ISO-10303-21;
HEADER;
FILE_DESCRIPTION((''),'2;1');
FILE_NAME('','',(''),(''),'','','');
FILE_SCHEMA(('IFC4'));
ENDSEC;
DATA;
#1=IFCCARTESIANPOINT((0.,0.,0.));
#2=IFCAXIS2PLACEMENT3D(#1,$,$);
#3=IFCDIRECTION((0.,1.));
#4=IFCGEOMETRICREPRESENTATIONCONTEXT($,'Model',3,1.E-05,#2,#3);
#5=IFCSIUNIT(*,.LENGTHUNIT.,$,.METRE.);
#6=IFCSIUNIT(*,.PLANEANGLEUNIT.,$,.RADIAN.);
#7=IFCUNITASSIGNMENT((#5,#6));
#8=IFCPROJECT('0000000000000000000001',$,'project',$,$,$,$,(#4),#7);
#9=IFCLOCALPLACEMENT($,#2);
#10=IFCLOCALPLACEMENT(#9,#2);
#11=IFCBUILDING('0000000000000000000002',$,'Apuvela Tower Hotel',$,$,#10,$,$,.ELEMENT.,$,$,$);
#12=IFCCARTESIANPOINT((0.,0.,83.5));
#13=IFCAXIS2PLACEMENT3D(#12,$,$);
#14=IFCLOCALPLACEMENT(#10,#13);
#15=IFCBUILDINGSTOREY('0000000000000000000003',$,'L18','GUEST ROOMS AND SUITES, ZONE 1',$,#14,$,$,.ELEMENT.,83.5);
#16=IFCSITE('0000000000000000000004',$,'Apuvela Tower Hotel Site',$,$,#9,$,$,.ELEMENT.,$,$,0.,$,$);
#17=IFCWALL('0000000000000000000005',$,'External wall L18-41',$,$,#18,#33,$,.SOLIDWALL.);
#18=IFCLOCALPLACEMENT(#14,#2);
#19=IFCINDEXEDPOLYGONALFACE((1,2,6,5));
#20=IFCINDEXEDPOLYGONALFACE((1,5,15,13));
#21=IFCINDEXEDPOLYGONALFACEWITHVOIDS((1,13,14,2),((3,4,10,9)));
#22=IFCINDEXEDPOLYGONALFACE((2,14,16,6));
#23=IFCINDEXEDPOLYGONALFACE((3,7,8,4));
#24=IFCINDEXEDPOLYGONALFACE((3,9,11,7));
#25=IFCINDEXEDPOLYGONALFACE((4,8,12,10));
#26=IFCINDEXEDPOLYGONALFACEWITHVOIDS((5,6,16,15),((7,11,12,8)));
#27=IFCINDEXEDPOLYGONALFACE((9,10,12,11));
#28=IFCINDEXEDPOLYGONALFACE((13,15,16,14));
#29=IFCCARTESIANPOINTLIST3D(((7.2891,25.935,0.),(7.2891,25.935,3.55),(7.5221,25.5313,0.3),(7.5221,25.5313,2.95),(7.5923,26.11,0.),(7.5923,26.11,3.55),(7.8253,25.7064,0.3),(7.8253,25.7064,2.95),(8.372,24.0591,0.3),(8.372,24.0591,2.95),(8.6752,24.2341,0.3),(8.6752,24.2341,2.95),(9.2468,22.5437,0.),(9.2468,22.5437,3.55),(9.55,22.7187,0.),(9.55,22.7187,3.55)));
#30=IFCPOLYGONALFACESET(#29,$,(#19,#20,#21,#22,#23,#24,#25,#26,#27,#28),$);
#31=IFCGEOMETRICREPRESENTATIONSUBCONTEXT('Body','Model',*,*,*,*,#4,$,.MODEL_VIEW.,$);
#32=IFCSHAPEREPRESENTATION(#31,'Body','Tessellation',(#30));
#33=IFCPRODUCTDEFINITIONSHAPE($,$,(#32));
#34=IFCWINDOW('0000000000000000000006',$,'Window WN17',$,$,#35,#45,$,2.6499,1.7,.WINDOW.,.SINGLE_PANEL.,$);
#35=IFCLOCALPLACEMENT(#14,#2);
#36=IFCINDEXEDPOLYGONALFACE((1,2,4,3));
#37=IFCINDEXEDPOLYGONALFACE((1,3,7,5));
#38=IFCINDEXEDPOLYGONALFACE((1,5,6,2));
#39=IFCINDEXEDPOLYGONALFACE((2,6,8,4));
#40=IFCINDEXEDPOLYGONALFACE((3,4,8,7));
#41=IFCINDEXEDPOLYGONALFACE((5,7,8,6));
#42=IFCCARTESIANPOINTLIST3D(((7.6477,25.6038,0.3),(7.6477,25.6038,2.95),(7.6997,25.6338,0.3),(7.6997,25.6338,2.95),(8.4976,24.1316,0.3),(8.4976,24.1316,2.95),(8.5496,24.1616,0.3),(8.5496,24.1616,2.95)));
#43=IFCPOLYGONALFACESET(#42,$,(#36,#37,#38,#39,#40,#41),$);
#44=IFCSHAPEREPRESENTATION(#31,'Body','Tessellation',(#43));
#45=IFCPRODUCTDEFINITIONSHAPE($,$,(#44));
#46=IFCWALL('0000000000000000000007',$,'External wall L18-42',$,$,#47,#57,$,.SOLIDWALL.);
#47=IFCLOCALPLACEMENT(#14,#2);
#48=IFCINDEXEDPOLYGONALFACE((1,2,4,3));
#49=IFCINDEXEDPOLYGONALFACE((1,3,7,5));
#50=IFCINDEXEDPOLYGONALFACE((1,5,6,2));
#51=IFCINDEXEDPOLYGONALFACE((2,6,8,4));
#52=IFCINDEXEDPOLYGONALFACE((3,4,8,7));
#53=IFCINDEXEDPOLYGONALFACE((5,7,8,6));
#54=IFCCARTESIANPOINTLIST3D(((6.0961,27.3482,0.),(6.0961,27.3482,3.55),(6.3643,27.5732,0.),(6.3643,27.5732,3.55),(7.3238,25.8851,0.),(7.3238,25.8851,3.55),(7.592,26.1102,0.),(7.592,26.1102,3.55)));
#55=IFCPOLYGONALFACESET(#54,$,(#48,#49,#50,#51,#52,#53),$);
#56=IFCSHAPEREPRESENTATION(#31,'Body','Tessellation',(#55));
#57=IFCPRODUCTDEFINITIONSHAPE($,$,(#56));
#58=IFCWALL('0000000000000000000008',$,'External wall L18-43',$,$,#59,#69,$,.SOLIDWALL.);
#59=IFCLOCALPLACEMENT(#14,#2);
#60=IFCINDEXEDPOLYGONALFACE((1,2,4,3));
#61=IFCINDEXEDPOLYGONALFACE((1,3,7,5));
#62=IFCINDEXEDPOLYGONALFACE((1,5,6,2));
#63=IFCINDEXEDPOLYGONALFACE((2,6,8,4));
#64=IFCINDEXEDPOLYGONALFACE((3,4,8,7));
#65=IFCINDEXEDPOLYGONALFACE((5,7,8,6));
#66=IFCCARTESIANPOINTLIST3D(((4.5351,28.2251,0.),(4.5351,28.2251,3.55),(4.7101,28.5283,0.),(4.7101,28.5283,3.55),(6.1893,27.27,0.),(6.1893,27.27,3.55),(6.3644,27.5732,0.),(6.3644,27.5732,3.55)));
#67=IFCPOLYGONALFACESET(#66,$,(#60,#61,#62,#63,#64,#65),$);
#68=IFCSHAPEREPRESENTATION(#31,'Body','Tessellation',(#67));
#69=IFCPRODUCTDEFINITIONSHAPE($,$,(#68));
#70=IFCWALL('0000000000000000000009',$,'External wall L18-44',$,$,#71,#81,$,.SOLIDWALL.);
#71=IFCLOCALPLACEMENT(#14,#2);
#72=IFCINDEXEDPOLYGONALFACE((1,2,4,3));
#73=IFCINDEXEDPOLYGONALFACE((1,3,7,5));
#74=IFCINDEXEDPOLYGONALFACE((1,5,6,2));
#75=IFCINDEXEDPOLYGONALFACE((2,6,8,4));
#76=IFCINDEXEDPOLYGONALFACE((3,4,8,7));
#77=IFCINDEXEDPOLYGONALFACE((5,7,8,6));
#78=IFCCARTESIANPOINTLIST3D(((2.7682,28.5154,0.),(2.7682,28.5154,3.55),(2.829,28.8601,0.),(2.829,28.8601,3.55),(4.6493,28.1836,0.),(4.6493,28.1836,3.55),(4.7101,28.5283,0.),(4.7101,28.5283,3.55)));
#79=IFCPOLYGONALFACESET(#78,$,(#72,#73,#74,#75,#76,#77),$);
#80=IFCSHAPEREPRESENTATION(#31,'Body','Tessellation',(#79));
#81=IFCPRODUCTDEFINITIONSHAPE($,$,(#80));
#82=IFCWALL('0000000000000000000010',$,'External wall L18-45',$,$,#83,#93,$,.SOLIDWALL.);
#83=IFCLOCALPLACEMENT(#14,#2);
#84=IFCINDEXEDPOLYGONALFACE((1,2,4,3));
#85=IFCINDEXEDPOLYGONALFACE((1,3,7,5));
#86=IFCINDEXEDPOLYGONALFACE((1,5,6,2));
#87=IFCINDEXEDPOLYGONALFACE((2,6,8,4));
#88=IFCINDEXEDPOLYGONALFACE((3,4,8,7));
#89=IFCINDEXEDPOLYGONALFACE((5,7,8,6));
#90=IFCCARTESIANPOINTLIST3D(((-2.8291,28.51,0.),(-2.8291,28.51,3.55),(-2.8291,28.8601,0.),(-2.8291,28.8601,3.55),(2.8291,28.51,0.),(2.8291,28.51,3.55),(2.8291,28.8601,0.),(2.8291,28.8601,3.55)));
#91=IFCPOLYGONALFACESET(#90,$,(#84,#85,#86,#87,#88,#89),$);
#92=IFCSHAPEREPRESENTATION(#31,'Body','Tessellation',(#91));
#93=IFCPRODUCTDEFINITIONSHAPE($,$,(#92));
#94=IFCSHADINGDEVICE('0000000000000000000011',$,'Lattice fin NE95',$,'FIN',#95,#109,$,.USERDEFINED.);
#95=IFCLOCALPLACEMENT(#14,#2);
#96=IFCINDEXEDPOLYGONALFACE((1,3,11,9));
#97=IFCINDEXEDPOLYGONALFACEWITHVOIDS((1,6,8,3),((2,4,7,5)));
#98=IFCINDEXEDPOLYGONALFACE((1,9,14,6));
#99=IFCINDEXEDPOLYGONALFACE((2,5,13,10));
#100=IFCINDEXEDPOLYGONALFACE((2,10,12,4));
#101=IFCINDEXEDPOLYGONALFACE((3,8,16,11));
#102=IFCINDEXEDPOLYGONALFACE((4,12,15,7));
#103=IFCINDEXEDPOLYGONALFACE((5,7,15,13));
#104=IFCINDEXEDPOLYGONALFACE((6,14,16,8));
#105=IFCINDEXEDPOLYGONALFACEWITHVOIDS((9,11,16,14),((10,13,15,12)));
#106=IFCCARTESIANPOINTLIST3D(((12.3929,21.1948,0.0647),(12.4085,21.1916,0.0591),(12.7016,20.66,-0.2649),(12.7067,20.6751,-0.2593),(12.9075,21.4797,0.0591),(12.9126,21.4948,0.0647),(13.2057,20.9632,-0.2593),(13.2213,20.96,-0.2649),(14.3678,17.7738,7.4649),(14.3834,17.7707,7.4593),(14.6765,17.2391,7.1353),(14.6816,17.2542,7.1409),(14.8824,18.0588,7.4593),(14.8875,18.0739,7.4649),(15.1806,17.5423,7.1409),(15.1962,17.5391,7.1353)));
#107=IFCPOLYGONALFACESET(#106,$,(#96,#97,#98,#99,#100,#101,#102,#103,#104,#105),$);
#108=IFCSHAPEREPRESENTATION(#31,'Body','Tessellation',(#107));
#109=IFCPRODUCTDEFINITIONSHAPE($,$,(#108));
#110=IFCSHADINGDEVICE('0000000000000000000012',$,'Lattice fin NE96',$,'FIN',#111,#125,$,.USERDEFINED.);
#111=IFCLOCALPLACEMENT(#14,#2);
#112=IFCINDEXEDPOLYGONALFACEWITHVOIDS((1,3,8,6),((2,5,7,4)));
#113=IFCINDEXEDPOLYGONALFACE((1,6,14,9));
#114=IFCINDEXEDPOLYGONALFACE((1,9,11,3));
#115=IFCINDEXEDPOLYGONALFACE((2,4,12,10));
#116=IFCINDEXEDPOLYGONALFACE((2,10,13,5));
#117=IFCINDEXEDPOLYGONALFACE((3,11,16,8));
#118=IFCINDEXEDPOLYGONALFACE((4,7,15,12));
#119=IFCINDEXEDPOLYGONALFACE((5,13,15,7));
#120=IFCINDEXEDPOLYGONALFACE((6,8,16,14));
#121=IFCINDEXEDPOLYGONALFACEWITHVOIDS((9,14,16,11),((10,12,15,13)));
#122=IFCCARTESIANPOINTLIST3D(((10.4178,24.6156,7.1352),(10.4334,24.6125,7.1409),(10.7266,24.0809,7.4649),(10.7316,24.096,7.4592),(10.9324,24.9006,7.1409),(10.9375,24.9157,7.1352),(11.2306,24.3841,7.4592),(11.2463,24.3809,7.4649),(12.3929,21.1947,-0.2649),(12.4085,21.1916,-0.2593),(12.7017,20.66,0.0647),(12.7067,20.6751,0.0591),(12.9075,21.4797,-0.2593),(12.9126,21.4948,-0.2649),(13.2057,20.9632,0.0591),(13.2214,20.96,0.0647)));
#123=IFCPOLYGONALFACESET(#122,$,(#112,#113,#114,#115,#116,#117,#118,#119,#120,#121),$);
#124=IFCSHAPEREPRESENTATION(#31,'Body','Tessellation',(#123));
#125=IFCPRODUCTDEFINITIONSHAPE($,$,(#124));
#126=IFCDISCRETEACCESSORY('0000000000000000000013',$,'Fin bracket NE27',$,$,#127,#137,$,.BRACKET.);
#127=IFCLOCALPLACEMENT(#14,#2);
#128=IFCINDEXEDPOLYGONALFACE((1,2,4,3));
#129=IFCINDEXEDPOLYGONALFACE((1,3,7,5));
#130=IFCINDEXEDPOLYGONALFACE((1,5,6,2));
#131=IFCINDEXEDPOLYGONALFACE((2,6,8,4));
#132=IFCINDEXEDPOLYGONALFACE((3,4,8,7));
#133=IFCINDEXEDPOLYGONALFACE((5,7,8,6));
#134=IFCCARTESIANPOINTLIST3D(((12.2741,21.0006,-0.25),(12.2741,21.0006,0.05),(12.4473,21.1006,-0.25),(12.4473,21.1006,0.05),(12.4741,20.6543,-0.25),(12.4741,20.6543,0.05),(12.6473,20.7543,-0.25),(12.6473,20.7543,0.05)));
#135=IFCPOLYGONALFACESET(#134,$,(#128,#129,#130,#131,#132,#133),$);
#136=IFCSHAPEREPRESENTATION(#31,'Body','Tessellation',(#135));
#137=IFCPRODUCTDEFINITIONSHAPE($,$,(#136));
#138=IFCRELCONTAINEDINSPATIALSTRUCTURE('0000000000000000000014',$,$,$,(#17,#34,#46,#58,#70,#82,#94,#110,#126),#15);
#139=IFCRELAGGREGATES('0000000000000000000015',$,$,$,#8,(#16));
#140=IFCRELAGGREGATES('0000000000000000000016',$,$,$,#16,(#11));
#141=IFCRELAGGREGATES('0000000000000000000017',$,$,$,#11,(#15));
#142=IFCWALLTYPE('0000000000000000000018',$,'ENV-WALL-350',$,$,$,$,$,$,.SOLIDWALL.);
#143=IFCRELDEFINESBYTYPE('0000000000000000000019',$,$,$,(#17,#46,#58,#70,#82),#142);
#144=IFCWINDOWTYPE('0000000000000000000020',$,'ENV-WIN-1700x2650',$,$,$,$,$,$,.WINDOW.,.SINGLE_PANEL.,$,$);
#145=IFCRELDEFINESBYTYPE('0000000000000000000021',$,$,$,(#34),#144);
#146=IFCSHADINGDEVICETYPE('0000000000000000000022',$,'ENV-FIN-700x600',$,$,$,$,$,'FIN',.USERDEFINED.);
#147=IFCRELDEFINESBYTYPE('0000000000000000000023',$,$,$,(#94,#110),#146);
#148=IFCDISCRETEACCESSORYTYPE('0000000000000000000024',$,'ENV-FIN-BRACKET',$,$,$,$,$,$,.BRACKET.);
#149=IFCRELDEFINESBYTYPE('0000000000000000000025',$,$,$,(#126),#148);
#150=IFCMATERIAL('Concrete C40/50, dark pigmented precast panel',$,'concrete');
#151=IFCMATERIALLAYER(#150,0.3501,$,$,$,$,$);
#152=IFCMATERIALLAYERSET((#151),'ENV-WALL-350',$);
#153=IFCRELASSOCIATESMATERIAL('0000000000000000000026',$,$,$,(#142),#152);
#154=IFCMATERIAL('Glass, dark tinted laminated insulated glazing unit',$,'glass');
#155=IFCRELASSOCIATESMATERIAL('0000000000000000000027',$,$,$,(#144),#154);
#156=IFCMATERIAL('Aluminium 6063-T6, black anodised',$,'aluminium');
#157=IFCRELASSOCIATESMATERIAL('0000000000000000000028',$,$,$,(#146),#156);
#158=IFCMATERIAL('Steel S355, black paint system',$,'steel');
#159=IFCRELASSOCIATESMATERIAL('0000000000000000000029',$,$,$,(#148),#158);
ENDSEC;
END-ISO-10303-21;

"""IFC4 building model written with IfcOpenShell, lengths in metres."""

from ifc_helpers import new_model, si_unit, direction, frame, frame_2d, origin, origin_2d, place, context, subcontext, project, spatial, rectangle, hollow_rectangle, extrude, material, layer, layer_set, material_profile, profile_set, type_object, element, fill, save


model = new_model("IFC4")

# Units and contexts
model_context = context("Model", 3, precision=1e-05, world=origin(), true_north=direction((0.0, 1.0)))
body_context = subcontext(model_context, "Body", "Model", "MODEL_VIEW")
ifc_project = project(units=[si_unit("LENGTHUNIT", "METRE"), si_unit("PLANEANGLEUNIT", "RADIAN")], contexts=[model_context])

# Site, building, storey
site_placement = place(None, origin())
site = spatial("IfcSite", under=ifc_project, at=site_placement, Name="Apuvela Tower Hotel Site", CompositionType="ELEMENT", RefElevation=0.0)
building_placement = place(site_placement, origin())
building = spatial("IfcBuilding", under=site, at=building_placement, Name="Apuvela Tower Hotel", CompositionType="ELEMENT")
storey_placement = place(building_placement, frame((0.0, 0.0, 83.5)))
storey = spatial("IfcBuildingStorey", under=building, at=storey_placement, Name="L18", Description="GUEST ROOMS AND SUITES, ZONE 1", CompositionType="ELEMENT", Elevation=83.5)

# Shared definitions
ifc_material_1 = material(Name="Concrete C40/50, dark pigmented precast panel", Category="concrete")
ifc_layer_1 = layer(ifc_material_1, 0.3501)
ifc_layer_set_1 = layer_set([ifc_layer_1], Name="ENV-WALL-350")
wall_type_1 = type_object("IfcWallType", Name="ENV-WALL-350", PredefinedType="SOLIDWALL", material=ifc_layer_set_1)

# Wall, opening, window
wall_1_placement = place(storey_placement, frame((9.3984, 22.6311, 0.0), z_axis=(0.0, 0.0, 1.0), x_axis=(-0.499955, 0.866052, 0.0)))
wall_1 = element("IfcWall", 1, at=wall_1_placement, inside=storey, type_object=wall_type_1, Name="External wall L18-41", PredefinedType="SOLIDWALL", context=body_context, shape_type="SweptSolid", body=[
    extrude(rectangle(XDim=3.9158, YDim=0.3501, at=frame_2d((1.958, 0.0))), origin(), (0.0, 0.0, 1.0), 3.55),
])
opening_placement = place(wall_1_placement, frame((1.7498, 0.0, 0.3)))
opening = element("IfcOpeningElement", 2, at=opening_placement, cuts=wall_1, PredefinedType="OPENING", context=body_context, shape_type="SweptSolid", body=[
    extrude(rectangle(XDim=1.7, YDim=2.6499, at=frame_2d((0.8501, 1.325))), frame((0.0, 0.1851, 0.0), z_axis=(0.0, -1.0, 0.0), x_axis=(1.0, 0.0, 0.0)), (0.0, 0.0, 1.0), 0.3701),
])
ifc_material_2 = material(Name="Glass, dark tinted laminated insulated glazing unit", Category="glass")
window_type = type_object("IfcWindowType", Name="ENV-WIN-1700x2650", PartitioningType="SINGLE_PANEL", PredefinedType="WINDOW", material=ifc_material_2)
window_placement = place(opening_placement, origin())
window = element("IfcWindow", 3, at=window_placement, inside=storey, type_object=window_type, Name="Window WN17", OverallHeight=2.6499, OverallWidth=1.7, PartitioningType="SINGLE_PANEL", PredefinedType="WINDOW", context=body_context, shape_type="SweptSolid", body=[
    extrude(rectangle(XDim=1.7, YDim=2.6499, at=frame_2d((0.8501, 1.325))), frame((0.0, 0.03, 0.0), z_axis=(0.0, -1.0, 0.0), x_axis=(1.0, 0.0, 0.0)), (0.0, 0.0, 1.0), 0.0601),
])
fill(opening, window)

# Walls
wall_2_placement = place(storey_placement, frame((7.458, 25.9976, 0.0), z_axis=(0.0, 0.0, 1.0), x_axis=(-0.642808, 0.766027, 0.0)))
element("IfcWall", 4, at=wall_2_placement, inside=storey, type_object=wall_type_1, Name="External wall L18-42", PredefinedType="SOLIDWALL", context=body_context, shape_type="SweptSolid", body=[
    extrude(rectangle(XDim=1.9099, YDim=0.3501, at=frame_2d((0.9551, 0.0))), origin(), (0.0, 0.0, 1.0), 3.55),
])
for number, where, z_axis, x_axis, name in (
    (5, (6.2769, 27.4216, 0.0), (0.0, 0.0, 1.0), (-0.866032, 0.499988, 0.0), "External wall L18-43"),
    (6, (4.6797, 28.356, 0.0), (0.0, 0.0, 1.0), (-0.984799, 0.173698, 0.0), "External wall L18-44"),
):
    element("IfcWall", number, at=place(storey_placement, frame(where, z_axis=z_axis, x_axis=x_axis)), inside=storey, type_object=wall_type_1, Name=name, PredefinedType="SOLIDWALL", context=body_context, shape_type="SweptSolid", body=[
        extrude(rectangle(XDim=1.9102, YDim=0.3501, at=frame_2d((0.9551, 0.0))), origin(), (0.0, 0.0, 1.0), 3.55),
    ])
wall_3_placement = place(storey_placement, frame((2.8291, 28.6851, 0.0), z_axis=(0.0, 0.0, 1.0), x_axis=(-1.0, 0.0, 0.0)))
element("IfcWall", 7, at=wall_3_placement, inside=storey, type_object=wall_type_1, Name="External wall L18-45", PredefinedType="SOLIDWALL", context=body_context, shape_type="SweptSolid", body=[
    extrude(rectangle(XDim=5.6582, YDim=0.3501, at=frame_2d((2.8291, 0.0))), origin(), (0.0, 0.0, 1.0), 3.55),
])

# Shading devices
ifc_material_3 = material(Name="Aluminium 6063-T6, black anodised", Category="aluminium")
ifc_material_profile_1 = material_profile(ifc_material_3, hollow_rectangle(XDim=0.6001, YDim=0.7, WallThickness=0.012, at=origin_2d()), Name="AL BOX 700x600x12")
ifc_profile_set_1 = profile_set([ifc_material_profile_1], Name="Aluminium 6063-T6, black anodised")
shading_device_type = type_object("IfcShadingDeviceType", Name="ENV-FIN-700x600", ElementType="FIN", PredefinedType="USERDEFINED", material=ifc_profile_set_1)
for number, where, z_axis, x_axis, name in (
    (8, (12.8071, 21.0774, -0.1001), (0.235428, -0.407814, 0.882191), (0.866048, 0.499961, 0.0), "Lattice fin NE95"),
    (9, (12.8071, 21.0774, -0.1001), (-0.235455, 0.407812, 0.882185), (-0.866021, -0.500008, 0.0), "Lattice fin NE96"),
):
    element("IfcShadingDevice", number, at=place(storey_placement, frame(where, z_axis=z_axis, x_axis=x_axis)), inside=storey, type_object=shading_device_type, Name=name, ObjectType="FIN", PredefinedType="USERDEFINED", context=body_context, shape_type="SweptSolid", body=[
        extrude(hollow_rectangle(XDim=0.6001, YDim=0.7, WallThickness=0.012, at=origin_2d()), origin(), (0.0, 0.0, 1.0), 8.3884),
    ])

# Discrete accessory
ifc_material_4 = material(Name="Steel S355, black paint system", Category="steel")
discrete_accessory_type = type_object("IfcDiscreteAccessoryType", Name="ENV-FIN-BRACKET", PredefinedType="BRACKET", material=ifc_material_4)
discrete_accessory_placement = place(storey_placement, frame((12.4607, 20.8774, -0.25), z_axis=(0.0, 0.0, 1.0), x_axis=(-0.5, 0.866025, 0.0)))
element("IfcDiscreteAccessory", 10, at=discrete_accessory_placement, inside=storey, type_object=discrete_accessory_type, Name="Fin bracket NE27", PredefinedType="BRACKET", context=body_context, shape_type="SweptSolid", body=[
    extrude(rectangle(XDim=0.3999, YDim=0.2, at=origin_2d()), origin(), (0.0, 0.0, 1.0), 0.3),
])

save(model, "model.ifc")
